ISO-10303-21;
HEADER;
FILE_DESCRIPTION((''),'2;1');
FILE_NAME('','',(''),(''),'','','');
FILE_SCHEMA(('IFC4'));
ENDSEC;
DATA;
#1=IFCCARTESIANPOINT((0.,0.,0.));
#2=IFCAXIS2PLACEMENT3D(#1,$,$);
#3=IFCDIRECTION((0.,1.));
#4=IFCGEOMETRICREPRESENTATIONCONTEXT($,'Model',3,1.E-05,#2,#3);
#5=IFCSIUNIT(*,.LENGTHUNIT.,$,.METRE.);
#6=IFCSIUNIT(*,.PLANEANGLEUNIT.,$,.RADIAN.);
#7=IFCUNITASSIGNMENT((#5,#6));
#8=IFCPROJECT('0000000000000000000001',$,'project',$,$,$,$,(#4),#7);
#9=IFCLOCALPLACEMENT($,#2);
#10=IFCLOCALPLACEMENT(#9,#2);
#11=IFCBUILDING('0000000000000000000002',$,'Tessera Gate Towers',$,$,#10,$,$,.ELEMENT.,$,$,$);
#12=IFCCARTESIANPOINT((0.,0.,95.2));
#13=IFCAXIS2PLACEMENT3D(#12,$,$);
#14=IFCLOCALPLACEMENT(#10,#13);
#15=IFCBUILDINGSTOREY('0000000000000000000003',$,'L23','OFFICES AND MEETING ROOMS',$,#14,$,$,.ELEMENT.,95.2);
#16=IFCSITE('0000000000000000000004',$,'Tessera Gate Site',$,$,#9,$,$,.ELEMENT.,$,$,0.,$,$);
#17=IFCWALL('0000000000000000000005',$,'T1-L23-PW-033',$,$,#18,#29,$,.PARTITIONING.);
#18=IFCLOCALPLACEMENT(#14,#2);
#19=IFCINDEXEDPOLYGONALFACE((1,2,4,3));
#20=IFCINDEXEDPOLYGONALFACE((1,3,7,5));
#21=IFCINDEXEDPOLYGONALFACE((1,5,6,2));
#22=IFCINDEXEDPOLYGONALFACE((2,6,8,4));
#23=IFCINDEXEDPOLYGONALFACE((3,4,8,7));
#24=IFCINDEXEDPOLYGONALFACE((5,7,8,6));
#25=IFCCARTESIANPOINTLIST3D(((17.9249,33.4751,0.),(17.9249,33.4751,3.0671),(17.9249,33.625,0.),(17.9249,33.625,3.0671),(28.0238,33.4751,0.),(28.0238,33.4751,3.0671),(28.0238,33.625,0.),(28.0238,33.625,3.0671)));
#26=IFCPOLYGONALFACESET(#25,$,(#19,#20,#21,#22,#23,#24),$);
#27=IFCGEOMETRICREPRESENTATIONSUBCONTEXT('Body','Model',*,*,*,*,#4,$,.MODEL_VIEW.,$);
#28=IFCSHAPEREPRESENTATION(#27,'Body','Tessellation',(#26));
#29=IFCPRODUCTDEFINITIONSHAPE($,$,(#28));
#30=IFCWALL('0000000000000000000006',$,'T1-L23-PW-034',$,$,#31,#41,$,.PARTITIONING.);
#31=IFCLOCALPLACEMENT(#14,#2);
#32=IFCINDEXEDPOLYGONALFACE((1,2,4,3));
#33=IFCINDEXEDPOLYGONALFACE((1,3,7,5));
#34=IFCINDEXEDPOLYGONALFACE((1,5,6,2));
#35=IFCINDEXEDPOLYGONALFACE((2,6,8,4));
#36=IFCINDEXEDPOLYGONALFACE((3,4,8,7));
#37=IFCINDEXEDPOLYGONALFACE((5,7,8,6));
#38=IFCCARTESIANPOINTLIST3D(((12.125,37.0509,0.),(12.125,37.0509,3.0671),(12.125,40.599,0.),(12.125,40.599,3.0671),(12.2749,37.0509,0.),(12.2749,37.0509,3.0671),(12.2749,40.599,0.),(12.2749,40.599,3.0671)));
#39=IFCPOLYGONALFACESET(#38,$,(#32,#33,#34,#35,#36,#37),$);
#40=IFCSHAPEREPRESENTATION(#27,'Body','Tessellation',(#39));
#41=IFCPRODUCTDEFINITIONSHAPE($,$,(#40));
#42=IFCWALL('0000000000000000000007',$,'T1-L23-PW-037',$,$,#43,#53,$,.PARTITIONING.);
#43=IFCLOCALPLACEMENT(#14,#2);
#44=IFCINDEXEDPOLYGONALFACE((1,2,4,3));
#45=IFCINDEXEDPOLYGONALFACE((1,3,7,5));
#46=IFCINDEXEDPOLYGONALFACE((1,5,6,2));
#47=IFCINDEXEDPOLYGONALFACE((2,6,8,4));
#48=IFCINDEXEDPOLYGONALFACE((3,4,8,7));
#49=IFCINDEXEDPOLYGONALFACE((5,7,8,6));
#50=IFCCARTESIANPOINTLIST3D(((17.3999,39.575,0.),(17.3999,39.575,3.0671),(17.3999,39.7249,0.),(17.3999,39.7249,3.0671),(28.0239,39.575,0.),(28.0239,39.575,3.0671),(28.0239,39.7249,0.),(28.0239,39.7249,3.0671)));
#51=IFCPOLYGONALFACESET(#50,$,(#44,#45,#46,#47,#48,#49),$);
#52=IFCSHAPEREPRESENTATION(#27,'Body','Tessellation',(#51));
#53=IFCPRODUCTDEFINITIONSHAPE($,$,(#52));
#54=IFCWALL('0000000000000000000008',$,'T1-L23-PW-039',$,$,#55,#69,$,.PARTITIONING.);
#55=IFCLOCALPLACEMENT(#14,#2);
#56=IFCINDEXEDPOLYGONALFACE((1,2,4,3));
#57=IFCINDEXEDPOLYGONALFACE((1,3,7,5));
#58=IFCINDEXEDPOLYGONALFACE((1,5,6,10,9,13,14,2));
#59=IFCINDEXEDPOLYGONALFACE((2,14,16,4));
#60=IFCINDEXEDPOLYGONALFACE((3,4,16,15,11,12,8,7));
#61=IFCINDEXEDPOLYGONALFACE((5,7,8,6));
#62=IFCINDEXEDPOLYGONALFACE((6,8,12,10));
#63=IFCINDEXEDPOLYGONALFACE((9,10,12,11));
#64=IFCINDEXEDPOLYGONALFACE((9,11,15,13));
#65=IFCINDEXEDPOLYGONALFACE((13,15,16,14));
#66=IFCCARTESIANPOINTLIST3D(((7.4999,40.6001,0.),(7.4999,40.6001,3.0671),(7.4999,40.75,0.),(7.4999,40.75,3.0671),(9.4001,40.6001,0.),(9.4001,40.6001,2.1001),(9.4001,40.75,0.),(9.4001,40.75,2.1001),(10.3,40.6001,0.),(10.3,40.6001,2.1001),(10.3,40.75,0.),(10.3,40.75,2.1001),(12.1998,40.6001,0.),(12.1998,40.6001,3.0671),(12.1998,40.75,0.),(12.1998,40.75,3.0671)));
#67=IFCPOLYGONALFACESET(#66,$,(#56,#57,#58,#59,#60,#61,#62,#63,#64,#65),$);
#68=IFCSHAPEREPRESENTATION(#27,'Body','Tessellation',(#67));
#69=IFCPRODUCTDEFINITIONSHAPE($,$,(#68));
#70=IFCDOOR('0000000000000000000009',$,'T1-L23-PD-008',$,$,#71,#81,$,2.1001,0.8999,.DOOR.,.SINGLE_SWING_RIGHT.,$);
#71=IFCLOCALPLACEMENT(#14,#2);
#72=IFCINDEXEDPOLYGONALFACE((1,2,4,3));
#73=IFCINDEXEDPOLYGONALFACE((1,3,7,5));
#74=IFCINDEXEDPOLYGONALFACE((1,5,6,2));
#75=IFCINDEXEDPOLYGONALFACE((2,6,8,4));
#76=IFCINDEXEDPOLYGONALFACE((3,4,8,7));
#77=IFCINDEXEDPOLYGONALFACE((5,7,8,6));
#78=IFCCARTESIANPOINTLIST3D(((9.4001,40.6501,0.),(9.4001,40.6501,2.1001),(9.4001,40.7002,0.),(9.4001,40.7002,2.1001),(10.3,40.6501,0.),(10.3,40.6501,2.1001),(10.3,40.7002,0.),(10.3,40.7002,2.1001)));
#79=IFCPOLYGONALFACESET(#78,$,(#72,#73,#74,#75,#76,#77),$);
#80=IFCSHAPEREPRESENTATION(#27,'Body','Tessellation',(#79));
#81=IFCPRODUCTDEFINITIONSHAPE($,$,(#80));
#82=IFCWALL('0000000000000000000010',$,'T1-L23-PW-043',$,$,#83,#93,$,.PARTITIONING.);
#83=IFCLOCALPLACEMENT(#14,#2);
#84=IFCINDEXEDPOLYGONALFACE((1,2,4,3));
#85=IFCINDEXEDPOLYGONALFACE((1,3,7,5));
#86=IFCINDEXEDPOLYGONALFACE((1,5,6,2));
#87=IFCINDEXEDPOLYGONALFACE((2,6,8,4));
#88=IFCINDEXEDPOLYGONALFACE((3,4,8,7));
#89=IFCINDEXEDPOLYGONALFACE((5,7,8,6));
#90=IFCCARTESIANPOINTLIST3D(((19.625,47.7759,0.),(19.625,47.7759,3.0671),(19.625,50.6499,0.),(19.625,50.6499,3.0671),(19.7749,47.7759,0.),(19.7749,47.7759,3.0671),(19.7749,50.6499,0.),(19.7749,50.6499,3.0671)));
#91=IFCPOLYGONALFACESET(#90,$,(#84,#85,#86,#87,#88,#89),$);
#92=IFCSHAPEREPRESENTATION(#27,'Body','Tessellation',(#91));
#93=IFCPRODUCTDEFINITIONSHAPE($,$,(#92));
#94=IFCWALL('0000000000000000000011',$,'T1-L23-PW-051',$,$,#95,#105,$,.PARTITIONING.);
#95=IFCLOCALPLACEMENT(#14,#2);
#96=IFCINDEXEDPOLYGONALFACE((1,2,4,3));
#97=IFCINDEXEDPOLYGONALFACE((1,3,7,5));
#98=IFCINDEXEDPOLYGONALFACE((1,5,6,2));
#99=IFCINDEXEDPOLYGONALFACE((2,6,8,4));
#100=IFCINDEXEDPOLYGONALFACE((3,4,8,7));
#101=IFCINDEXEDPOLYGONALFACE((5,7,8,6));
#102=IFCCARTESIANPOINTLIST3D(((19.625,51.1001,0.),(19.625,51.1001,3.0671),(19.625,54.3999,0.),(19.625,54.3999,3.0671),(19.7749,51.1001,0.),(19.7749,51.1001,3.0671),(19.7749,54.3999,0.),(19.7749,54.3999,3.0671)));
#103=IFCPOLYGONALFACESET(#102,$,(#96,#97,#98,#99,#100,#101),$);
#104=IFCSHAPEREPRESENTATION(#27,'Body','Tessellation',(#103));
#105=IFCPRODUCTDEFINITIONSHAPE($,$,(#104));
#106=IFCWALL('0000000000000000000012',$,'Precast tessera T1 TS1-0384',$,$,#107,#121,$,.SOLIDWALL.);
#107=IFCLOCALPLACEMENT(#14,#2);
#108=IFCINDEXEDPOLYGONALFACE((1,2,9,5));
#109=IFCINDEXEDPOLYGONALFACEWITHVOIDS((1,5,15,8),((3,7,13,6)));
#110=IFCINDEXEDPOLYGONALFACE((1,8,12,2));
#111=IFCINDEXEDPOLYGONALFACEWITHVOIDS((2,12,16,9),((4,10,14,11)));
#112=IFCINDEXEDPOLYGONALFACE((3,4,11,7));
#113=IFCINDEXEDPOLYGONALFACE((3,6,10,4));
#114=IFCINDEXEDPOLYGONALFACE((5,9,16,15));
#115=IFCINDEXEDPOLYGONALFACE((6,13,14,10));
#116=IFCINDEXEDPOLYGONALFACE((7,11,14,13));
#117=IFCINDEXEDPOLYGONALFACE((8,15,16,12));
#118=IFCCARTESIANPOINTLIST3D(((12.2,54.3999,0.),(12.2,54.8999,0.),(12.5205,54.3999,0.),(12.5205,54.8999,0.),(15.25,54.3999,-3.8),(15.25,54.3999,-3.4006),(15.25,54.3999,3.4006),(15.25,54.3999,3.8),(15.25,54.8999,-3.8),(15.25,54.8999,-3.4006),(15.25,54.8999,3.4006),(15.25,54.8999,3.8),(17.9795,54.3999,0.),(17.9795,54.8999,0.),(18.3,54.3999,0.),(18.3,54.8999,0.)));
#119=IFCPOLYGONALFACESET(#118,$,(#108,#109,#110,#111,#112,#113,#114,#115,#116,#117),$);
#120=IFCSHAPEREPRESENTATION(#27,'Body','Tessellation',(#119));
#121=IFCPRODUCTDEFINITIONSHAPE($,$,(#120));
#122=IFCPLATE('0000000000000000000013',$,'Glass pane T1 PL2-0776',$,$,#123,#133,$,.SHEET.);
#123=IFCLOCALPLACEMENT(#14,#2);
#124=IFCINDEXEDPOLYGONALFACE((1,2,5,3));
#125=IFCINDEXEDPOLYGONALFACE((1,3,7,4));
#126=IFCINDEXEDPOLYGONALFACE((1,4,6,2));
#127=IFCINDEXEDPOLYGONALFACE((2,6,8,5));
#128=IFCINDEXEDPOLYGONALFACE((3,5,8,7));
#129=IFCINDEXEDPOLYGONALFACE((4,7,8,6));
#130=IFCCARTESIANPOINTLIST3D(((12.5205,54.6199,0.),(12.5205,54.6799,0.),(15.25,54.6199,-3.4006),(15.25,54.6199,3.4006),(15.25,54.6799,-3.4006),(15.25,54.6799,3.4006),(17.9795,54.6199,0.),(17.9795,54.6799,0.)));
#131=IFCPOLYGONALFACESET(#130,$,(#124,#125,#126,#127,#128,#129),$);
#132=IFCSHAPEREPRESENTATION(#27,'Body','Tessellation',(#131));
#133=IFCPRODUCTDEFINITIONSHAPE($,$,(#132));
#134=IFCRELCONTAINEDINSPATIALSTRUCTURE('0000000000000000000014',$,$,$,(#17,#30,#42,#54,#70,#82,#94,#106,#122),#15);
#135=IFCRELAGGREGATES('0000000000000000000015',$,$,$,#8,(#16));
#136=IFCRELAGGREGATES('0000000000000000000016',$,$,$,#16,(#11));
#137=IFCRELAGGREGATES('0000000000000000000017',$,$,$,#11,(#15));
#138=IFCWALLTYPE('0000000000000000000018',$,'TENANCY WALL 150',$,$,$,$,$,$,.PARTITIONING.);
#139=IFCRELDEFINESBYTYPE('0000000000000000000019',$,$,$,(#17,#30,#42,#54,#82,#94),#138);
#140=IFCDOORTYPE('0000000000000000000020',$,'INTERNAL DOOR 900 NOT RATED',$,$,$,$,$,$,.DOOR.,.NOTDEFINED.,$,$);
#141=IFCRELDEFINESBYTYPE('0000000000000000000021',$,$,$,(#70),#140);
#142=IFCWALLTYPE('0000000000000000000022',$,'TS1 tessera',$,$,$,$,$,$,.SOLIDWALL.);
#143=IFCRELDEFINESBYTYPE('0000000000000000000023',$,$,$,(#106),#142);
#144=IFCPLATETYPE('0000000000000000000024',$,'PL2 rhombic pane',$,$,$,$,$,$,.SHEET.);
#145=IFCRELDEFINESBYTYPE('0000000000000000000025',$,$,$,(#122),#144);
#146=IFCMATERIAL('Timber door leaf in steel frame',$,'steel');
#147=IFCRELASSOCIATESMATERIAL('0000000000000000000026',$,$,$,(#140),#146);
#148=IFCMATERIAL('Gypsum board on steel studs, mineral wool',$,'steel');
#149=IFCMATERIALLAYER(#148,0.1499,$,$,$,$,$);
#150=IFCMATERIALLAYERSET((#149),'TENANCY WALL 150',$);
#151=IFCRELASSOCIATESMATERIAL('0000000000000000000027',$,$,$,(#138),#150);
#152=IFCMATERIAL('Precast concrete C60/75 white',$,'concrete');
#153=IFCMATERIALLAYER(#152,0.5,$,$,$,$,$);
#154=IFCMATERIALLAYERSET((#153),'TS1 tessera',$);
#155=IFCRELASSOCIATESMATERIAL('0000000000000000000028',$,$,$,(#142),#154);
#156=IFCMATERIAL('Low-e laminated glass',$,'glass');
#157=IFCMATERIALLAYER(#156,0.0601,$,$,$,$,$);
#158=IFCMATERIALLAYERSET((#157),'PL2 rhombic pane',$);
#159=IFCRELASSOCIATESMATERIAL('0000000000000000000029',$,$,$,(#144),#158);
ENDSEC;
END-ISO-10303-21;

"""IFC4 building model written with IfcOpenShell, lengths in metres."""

from ifc_helpers import new_model, si_unit, direction, frame, frame_2d, origin, place, context, subcontext, project, spatial, polyline, rectangle, outline, extrude, source, transform, mapped, material, layer, layer_set, type_object, element, fill, save


model = new_model("IFC4")

# Units and contexts
model_context = context("Model", 3, precision=1e-05, world=origin(), true_north=direction((0.0, 1.0)))
body_context = subcontext(model_context, "Body", "Model", "MODEL_VIEW")
ifc_project = project(units=[si_unit("LENGTHUNIT", "METRE"), si_unit("PLANEANGLEUNIT", "RADIAN")], contexts=[model_context])

# Site, building, storey
site_placement = place(None, origin())
site = spatial("IfcSite", under=ifc_project, at=site_placement, Name="Tessera Gate Site", CompositionType="ELEMENT", RefElevation=0.0)
building_placement = place(site_placement, origin())
building = spatial("IfcBuilding", under=site, at=building_placement, Name="Tessera Gate Towers", CompositionType="ELEMENT")
storey_placement = place(building_placement, frame((0.0, 0.0, 95.2)))
storey = spatial("IfcBuildingStorey", under=building, at=storey_placement, Name="L23", Description="OFFICES AND MEETING ROOMS", CompositionType="ELEMENT", Elevation=95.2)

# Shared definitions
shared_shape_1 = source(origin(), body_context, "Body", "SweptSolid", [
    extrude(rectangle(XDim=0.8999, YDim=2.1001, at=frame_2d((0.45, 1.05))), frame((0.0, 0.0249, 0.0), z_axis=(0.0, -1.0, 0.0), x_axis=(1.0, 0.0, 0.0)), (0.0, 0.0, 1.0), 0.05),
])

# Shared definitions
ifc_material_1 = material(Name="Timber door leaf in steel frame", Category="steel")
door_type_1 = type_object("IfcDoorType", Name="INTERNAL DOOR 900 NOT RATED", OperationType="NOTDEFINED", PredefinedType="DOOR", material=ifc_material_1)

# Walls
ifc_material_2 = material(Name="Gypsum board on steel studs, mineral wool", Category="steel")
ifc_layer_1 = layer(ifc_material_2, 0.1499)
ifc_layer_set_1 = layer_set([ifc_layer_1], Name="TENANCY WALL 150")
wall_type_1 = type_object("IfcWallType", Name="TENANCY WALL 150", PredefinedType="PARTITIONING", material=ifc_layer_set_1)
wall_1_placement = place(storey_placement, frame((17.925, 33.55, 0.0), z_axis=(0.0, 0.0, 1.0), x_axis=(1.0, 0.0, 0.0)))
element("IfcWall", 1, at=wall_1_placement, inside=storey, type_object=wall_type_1, Name="T1-L23-PW-033", PredefinedType="PARTITIONING", context=body_context, shape_type="SweptSolid", body=[
    extrude(rectangle(XDim=10.0989, YDim=0.1499, at=frame_2d((5.0493, 0.0))), origin(), (0.0, 0.0, 1.0), 3.0671),
])
wall_2_placement = place(storey_placement, frame((12.2, 37.051, 0.0), z_axis=(0.0, 0.0, 1.0), x_axis=(0.0, 1.0, 0.0)))
element("IfcWall", 2, at=wall_2_placement, inside=storey, type_object=wall_type_1, Name="T1-L23-PW-034", PredefinedType="PARTITIONING", context=body_context, shape_type="SweptSolid", body=[
    extrude(rectangle(XDim=3.5481, YDim=0.1499, at=frame_2d((1.7739, 0.0))), origin(), (0.0, 0.0, 1.0), 3.0671),
])
wall_3_placement = place(storey_placement, frame((17.3999, 39.6499, 0.0), z_axis=(0.0, 0.0, 1.0), x_axis=(1.0, 0.0, 0.0)))
element("IfcWall", 3, at=wall_3_placement, inside=storey, type_object=wall_type_1, Name="T1-L23-PW-037", PredefinedType="PARTITIONING", context=body_context, shape_type="SweptSolid", body=[
    extrude(rectangle(XDim=10.624, YDim=0.1499, at=frame_2d((5.312, 0.0))), origin(), (0.0, 0.0, 1.0), 3.0671),
])

# Wall, opening, door
wall_4_placement = place(storey_placement, frame((12.2, 40.675, 0.0), z_axis=(0.0, 0.0, 1.0), x_axis=(-1.0, 0.0, 0.0)))
wall_4 = element("IfcWall", 4, at=wall_4_placement, inside=storey, type_object=wall_type_1, Name="T1-L23-PW-039", PredefinedType="PARTITIONING", context=body_context, shape_type="SweptSolid", body=[
    extrude(rectangle(XDim=4.7, YDim=0.1499, at=frame_2d((2.3501, 0.0))), origin(), (0.0, 0.0, 1.0), 3.0671),
])
shared_shape_2 = source(origin(), body_context, "Body", "SweptSolid", [
    extrude(rectangle(XDim=0.8999, YDim=2.1001, at=frame_2d((0.45, 1.05))), frame((0.0, 0.085, 0.0), z_axis=(0.0, -1.0, 0.0), x_axis=(1.0, 0.0, 0.0)), (0.0, 0.0, 1.0), 0.1699),
])
opening_1_placement = place(wall_4_placement, frame((1.8999, 0.0, 0.0)))
opening_1 = element("IfcOpeningElement", 5, at=opening_1_placement, cuts=wall_4, PredefinedType="OPENING", context=body_context, shape_type="MappedRepresentation", body=[
    mapped(shared_shape_2, transform((0.0, 0.0, 0.0), scale=1.0)),
])
door_1_placement = place(opening_1_placement, origin())
door_1 = element("IfcDoor", 6, at=door_1_placement, inside=storey, type_object=door_type_1, Name="T1-L23-PD-008", OperationType="SINGLE_SWING_RIGHT", OverallHeight=2.1001, OverallWidth=0.8999, PredefinedType="DOOR", context=body_context, shape_type="MappedRepresentation", body=[
    mapped(shared_shape_1, transform((0.0, 0.0, 0.0), scale=1.0)),
])
fill(opening_1, door_1)

# Walls
wall_5_placement = place(storey_placement, frame((19.7, 47.7759, 0.0), z_axis=(0.0, 0.0, 1.0), x_axis=(0.0, 1.0, 0.0)))
element("IfcWall", 7, at=wall_5_placement, inside=storey, type_object=wall_type_1, Name="T1-L23-PW-043", PredefinedType="PARTITIONING", context=body_context, shape_type="SweptSolid", body=[
    extrude(rectangle(XDim=2.874, YDim=0.1499, at=frame_2d((1.437, 0.0))), origin(), (0.0, 0.0, 1.0), 3.0671),
])
wall_6_placement = place(storey_placement, frame((19.7, 51.1001, 0.0), z_axis=(0.0, 0.0, 1.0), x_axis=(0.0, 1.0, 0.0)))
element("IfcWall", 8, at=wall_6_placement, inside=storey, type_object=wall_type_1, Name="T1-L23-PW-051", PredefinedType="PARTITIONING", context=body_context, shape_type="SweptSolid", body=[
    extrude(rectangle(XDim=3.2998, YDim=0.1499, at=frame_2d((1.6499, 0.0))), origin(), (0.0, 0.0, 1.0), 3.0671),
])

# Wall, opening, plate
ifc_material_3 = material(Name="Precast concrete C60/75 white", Category="concrete")
ifc_layer_2 = layer(ifc_material_3, 0.5)
ifc_layer_set_2 = layer_set([ifc_layer_2], Name="TS1 tessera")
wall_type_2 = type_object("IfcWallType", Name="TS1 tessera", PredefinedType="SOLIDWALL", material=ifc_layer_set_2)
shared_shape_3 = source(origin(), body_context, "Body", "SweptSolid", [
    extrude(outline(polyline([(3.05, 0.0), (6.1001, 3.8), (3.05, 7.6001), (0.0, 3.8), (3.05, 0.0)])), frame((0.0, 0.25, 0.0), z_axis=(0.0, -1.0, 0.0), x_axis=(1.0, 0.0, 0.0)), (0.0, 0.0, 1.0), 0.5),
])
wall_7_placement = place(storey_placement, frame((18.3, 54.6499, -3.8), z_axis=(0.0, 0.0, 1.0), x_axis=(-1.0, 0.0, 0.0)))
wall_7 = element("IfcWall", 9, at=wall_7_placement, inside=storey, type_object=wall_type_2, Name="Precast tessera T1 TS1-0384", PredefinedType="SOLIDWALL", context=body_context, shape_type="MappedRepresentation", body=[
    mapped(shared_shape_3, transform((0.0, 0.0, 0.0), scale=1.0)),
])
shared_shape_4 = source(origin(), body_context, "Body", "SweptSolid", [
    extrude(outline(polyline([(3.05, 0.3994), (5.7795, 3.8), (3.05, 7.2007), (0.3206, 3.8), (3.05, 0.3994)])), frame((0.0, 0.26, 0.0), z_axis=(0.0, -1.0, 0.0), x_axis=(1.0, 0.0, 0.0)), (0.0, 0.0, 1.0), 0.52),
])
opening_2_placement = place(wall_7_placement, origin())
opening_2 = element("IfcOpeningElement", 10, at=opening_2_placement, cuts=wall_7, PredefinedType="OPENING", context=body_context, shape_type="MappedRepresentation", body=[
    mapped(shared_shape_4, transform((0.0, 0.0, 0.0), scale=1.0)),
])
ifc_material_4 = material(Name="Low-e laminated glass", Category="glass")
ifc_layer_3 = layer(ifc_material_4, 0.0601)
ifc_layer_set_3 = layer_set([ifc_layer_3], Name="PL2 rhombic pane")
plate_type = type_object("IfcPlateType", Name="PL2 rhombic pane", PredefinedType="SHEET", material=ifc_layer_set_3)
shared_shape_5 = source(origin(), body_context, "Body", "SweptSolid", [
    extrude(outline(polyline([(3.05, 0.3994), (5.7795, 3.8), (3.05, 7.2007), (0.3206, 3.8), (3.05, 0.3994)])), frame((0.0, 0.03, 0.0), z_axis=(0.0, -1.0, 0.0), x_axis=(1.0, 0.0, 0.0)), (0.0, 0.0, 1.0), 0.0601),
])
plate_placement = place(opening_2_placement, origin())
plate = element("IfcPlate", 11, at=plate_placement, inside=storey, type_object=plate_type, Name="Glass pane T1 PL2-0776", PredefinedType="SHEET", context=body_context, shape_type="MappedRepresentation", body=[
    mapped(shared_shape_5, transform((0.0, 0.0, 0.0), scale=1.0)),
])
fill(opening_2, plate)

save(model, "model.ifc")
